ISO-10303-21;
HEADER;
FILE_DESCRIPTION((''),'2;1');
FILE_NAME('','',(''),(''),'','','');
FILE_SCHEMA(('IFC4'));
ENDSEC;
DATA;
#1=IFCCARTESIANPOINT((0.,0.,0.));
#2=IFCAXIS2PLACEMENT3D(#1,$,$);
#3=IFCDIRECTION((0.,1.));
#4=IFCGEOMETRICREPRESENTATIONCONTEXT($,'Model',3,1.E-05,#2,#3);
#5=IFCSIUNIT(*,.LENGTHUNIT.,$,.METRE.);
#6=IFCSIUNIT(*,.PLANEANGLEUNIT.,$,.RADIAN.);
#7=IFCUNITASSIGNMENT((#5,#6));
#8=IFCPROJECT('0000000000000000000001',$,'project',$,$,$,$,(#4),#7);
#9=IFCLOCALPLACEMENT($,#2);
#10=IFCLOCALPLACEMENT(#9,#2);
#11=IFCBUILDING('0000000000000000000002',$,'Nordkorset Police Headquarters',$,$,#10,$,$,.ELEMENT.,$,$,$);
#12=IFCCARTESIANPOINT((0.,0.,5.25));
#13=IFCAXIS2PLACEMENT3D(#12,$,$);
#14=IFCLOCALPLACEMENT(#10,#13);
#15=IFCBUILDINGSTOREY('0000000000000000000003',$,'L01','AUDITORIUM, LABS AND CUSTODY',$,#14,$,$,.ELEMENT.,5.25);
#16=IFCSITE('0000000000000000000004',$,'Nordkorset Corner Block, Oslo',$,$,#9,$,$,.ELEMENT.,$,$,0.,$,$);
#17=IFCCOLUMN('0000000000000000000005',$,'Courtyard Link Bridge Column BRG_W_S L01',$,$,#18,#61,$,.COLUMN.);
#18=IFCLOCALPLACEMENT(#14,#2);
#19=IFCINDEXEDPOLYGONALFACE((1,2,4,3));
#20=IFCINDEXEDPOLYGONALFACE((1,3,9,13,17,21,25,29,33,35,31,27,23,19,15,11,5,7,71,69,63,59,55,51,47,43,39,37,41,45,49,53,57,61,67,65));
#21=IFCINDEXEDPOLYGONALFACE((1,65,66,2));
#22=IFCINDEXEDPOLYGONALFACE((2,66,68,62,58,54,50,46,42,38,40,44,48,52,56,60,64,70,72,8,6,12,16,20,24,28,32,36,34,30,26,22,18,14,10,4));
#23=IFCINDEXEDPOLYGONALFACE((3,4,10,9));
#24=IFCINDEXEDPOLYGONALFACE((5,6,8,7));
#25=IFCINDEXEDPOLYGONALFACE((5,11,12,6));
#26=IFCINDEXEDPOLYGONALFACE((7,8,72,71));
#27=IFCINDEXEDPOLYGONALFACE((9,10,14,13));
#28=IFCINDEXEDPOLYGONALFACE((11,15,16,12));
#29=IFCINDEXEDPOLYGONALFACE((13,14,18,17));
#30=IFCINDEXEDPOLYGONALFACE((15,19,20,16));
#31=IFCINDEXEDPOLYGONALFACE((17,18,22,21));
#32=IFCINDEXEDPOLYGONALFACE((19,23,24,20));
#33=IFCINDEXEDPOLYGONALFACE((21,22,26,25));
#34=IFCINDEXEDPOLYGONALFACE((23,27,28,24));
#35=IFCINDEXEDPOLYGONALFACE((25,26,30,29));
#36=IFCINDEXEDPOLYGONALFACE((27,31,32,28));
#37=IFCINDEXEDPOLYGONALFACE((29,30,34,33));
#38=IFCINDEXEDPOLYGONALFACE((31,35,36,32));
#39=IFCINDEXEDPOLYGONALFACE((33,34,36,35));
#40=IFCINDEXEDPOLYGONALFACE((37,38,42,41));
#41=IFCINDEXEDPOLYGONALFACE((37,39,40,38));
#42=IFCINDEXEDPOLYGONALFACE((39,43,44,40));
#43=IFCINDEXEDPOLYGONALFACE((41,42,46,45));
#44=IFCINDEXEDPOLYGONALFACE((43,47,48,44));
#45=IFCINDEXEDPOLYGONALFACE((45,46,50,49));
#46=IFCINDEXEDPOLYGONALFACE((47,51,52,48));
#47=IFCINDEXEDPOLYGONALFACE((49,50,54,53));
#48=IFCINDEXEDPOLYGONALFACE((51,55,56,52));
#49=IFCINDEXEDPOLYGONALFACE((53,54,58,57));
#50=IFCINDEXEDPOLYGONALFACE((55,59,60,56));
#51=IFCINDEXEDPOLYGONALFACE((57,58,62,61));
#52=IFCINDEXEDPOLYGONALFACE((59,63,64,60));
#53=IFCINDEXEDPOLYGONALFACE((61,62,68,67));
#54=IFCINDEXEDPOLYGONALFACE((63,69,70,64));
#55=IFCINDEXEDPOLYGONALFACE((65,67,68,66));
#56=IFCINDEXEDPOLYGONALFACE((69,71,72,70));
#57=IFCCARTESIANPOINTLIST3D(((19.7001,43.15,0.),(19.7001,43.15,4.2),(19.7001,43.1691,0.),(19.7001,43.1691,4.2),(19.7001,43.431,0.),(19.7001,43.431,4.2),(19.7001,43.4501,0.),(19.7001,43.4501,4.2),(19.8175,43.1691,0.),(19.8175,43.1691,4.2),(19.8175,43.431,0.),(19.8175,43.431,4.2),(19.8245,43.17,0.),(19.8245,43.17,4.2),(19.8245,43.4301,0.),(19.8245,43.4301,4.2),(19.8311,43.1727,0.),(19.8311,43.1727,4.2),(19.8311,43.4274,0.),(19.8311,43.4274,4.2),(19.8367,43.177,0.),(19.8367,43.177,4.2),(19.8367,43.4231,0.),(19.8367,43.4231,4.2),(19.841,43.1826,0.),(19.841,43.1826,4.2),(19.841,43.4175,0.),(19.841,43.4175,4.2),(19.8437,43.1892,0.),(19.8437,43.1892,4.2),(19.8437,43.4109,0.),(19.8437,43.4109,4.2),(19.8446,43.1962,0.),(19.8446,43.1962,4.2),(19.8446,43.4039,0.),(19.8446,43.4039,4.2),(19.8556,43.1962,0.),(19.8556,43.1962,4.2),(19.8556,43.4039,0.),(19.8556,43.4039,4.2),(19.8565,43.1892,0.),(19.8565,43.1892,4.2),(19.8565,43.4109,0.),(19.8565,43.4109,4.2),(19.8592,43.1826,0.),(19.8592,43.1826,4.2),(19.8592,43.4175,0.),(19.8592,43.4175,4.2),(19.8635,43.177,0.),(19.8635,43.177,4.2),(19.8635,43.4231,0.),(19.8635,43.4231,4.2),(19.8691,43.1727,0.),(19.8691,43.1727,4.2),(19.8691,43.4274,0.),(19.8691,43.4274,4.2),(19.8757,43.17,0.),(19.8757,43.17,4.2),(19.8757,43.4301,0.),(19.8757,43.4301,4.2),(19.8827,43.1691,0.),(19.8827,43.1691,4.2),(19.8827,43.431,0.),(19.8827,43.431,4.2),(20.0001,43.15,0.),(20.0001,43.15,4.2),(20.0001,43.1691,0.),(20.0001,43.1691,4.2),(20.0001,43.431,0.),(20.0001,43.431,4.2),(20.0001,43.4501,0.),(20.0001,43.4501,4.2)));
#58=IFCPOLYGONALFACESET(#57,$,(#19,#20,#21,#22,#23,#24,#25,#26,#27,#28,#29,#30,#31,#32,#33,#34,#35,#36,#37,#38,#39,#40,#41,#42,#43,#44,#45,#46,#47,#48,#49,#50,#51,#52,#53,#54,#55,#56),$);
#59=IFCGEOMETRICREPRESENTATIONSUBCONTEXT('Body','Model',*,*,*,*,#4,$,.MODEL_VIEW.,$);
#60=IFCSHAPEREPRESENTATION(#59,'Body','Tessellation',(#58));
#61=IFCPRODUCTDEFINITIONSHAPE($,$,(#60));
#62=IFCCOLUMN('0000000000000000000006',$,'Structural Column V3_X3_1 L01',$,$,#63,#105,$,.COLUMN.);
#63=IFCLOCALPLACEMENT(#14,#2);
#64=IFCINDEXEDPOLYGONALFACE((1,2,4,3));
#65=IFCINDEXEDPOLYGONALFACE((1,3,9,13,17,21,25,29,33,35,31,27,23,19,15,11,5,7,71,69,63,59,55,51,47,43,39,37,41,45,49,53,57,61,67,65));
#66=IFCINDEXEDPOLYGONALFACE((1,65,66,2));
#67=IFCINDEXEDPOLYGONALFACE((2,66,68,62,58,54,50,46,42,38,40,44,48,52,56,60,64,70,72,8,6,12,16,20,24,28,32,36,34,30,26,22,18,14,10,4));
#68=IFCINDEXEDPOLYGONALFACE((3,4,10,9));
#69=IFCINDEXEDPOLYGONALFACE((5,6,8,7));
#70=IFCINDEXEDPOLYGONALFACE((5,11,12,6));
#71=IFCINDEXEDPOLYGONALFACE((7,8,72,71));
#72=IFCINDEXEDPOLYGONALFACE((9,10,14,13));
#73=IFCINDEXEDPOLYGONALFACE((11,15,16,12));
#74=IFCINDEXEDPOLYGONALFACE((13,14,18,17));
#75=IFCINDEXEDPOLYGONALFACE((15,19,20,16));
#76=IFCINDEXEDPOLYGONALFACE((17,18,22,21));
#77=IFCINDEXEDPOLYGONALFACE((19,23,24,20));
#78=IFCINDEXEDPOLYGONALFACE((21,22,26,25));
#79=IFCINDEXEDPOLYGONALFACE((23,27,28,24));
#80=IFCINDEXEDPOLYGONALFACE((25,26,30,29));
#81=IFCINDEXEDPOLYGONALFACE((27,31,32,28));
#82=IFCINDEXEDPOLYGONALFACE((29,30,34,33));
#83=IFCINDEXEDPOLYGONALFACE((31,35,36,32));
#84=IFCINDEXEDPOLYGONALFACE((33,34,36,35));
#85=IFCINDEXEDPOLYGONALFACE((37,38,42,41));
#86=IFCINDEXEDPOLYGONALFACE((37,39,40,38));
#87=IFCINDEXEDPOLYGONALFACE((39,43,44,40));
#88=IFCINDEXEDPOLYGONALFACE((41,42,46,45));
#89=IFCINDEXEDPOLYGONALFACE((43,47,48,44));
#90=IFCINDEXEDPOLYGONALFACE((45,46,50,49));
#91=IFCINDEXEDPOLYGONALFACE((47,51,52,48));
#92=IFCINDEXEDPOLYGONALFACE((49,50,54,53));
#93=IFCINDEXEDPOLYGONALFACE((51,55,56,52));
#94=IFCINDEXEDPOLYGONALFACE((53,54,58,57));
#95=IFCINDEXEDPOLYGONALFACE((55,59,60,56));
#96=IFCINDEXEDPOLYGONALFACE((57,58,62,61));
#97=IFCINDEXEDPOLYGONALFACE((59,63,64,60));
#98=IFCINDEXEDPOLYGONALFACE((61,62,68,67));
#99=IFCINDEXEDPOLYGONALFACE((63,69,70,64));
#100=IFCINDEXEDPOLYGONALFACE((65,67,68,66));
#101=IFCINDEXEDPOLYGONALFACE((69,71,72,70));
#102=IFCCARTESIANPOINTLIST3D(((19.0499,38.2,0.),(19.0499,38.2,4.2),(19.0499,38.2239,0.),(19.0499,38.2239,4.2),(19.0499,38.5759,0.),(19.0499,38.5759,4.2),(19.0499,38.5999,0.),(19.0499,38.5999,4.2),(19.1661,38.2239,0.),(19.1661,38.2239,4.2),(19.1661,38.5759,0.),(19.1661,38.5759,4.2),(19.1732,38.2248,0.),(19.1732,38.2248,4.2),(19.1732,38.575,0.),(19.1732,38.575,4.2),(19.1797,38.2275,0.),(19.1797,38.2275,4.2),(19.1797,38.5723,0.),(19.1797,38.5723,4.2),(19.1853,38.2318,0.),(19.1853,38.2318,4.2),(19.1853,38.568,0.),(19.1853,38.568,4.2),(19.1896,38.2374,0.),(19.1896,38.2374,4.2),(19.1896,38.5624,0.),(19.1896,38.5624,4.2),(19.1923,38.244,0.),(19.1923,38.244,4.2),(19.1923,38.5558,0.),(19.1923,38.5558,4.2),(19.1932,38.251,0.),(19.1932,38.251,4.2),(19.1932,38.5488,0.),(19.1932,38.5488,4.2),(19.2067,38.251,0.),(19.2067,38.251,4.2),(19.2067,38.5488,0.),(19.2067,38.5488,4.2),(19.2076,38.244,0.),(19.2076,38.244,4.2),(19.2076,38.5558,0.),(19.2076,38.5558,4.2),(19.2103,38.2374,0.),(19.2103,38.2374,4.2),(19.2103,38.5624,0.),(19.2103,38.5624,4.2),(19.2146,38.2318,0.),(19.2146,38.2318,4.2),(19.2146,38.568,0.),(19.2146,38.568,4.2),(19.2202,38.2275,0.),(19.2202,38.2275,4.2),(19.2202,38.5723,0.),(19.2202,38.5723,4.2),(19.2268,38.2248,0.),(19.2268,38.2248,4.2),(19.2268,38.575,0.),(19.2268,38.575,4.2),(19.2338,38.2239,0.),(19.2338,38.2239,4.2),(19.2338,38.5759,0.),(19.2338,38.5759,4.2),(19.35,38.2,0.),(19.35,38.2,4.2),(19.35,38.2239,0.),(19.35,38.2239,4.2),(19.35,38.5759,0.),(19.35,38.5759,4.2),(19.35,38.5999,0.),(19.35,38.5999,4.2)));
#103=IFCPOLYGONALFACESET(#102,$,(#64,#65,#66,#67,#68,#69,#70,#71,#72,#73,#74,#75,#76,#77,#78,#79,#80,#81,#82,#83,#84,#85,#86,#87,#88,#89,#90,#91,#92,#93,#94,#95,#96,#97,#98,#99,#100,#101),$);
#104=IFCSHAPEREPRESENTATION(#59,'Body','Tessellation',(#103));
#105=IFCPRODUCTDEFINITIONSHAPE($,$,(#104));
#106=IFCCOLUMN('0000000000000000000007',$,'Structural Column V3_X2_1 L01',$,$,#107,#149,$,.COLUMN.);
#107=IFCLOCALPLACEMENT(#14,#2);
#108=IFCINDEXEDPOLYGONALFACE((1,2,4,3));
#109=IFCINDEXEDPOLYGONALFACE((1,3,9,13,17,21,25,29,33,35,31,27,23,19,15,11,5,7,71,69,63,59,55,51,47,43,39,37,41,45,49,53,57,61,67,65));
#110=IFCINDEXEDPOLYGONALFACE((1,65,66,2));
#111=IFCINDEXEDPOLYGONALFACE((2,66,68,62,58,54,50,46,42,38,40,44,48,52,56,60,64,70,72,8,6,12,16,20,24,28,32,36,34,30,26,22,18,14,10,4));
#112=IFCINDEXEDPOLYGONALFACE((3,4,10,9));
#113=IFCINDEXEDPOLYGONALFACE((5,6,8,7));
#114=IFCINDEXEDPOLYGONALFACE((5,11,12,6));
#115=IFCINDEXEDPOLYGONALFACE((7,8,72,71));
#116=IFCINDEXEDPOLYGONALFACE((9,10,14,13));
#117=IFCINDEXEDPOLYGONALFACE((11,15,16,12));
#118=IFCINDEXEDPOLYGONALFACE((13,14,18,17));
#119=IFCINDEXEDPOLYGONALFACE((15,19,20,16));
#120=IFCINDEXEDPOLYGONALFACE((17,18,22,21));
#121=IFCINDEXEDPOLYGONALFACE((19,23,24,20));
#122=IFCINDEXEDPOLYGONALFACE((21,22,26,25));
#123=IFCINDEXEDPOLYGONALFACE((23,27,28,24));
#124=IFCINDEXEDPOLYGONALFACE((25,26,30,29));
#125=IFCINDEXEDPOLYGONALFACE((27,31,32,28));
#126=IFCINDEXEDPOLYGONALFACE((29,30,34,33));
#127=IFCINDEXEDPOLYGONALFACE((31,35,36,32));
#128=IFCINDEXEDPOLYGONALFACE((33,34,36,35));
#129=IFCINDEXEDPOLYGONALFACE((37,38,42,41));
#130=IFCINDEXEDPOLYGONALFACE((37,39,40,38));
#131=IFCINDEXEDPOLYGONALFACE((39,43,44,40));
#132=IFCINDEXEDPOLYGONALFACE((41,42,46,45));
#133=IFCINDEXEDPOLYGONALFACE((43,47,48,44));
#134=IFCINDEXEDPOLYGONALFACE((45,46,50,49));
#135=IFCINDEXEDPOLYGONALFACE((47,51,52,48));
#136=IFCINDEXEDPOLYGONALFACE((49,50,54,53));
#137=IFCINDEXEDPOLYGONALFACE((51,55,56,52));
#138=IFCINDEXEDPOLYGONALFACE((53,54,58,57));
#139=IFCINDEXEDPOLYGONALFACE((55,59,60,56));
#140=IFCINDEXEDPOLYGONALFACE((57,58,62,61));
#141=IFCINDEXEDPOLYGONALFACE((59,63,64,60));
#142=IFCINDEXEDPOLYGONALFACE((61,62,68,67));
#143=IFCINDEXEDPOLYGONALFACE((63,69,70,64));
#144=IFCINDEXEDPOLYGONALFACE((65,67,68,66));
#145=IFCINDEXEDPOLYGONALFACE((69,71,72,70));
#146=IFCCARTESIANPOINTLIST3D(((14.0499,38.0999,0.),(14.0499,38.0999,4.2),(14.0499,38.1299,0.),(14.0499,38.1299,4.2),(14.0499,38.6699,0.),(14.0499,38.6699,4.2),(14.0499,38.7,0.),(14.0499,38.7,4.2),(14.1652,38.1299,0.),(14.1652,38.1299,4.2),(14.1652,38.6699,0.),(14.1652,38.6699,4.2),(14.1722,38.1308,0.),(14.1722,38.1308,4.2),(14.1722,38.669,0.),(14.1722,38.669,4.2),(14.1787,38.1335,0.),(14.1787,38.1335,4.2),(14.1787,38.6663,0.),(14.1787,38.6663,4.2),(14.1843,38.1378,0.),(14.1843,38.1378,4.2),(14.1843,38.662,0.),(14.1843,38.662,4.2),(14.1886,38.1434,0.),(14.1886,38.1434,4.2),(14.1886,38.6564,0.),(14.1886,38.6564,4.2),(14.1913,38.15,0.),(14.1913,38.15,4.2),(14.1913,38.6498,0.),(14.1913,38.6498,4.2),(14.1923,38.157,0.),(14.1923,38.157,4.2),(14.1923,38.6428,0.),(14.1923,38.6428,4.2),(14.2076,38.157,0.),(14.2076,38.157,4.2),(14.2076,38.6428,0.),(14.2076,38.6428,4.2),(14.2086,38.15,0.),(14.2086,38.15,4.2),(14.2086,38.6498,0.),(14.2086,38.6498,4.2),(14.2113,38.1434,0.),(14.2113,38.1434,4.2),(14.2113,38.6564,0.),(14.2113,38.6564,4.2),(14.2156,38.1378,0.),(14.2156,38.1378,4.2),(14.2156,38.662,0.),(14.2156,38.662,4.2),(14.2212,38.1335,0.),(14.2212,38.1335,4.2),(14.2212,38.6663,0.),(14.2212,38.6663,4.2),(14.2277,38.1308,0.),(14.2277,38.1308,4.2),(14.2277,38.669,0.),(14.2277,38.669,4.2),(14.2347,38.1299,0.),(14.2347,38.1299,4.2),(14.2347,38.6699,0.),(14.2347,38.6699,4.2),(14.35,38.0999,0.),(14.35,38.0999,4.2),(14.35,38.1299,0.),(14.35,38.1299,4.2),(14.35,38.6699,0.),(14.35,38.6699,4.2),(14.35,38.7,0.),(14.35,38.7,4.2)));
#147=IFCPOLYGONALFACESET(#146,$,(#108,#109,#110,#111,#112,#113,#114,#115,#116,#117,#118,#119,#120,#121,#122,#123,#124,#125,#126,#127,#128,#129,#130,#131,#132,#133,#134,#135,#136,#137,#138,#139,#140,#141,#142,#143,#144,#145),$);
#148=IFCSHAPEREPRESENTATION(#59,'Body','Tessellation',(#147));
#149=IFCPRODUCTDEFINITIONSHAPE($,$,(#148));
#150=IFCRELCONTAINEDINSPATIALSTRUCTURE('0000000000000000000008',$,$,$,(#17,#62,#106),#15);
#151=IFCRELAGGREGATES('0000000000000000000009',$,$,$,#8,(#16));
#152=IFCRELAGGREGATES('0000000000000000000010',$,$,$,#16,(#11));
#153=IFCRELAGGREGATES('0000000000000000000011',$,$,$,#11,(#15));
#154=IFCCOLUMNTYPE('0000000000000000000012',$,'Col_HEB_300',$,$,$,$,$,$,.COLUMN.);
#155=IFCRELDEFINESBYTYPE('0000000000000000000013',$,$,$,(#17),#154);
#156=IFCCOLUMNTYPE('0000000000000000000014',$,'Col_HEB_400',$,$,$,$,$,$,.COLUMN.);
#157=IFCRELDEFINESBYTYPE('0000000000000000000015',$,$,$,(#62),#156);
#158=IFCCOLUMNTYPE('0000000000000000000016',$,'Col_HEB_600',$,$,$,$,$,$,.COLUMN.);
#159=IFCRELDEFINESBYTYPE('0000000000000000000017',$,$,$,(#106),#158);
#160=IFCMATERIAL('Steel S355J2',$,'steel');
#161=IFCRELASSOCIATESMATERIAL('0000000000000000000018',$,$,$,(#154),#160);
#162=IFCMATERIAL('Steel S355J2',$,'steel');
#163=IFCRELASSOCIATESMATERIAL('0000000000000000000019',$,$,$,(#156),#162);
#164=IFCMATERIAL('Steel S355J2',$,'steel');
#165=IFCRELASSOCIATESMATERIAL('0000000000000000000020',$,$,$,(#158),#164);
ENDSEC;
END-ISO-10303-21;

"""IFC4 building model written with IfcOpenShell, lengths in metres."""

from ifc_helpers import new_model, si_unit, direction, frame, origin, origin_2d, place, context, subcontext, project, spatial, i_section, extrude, material, material_profile, profile_set, type_object, element, save


model = new_model("IFC4")

# Units and contexts
model_context = context("Model", 3, precision=1e-05, world=origin(), true_north=direction((0.0, 1.0)))
body_context = subcontext(model_context, "Body", "Model", "MODEL_VIEW")
ifc_project = project(units=[si_unit("LENGTHUNIT", "METRE"), si_unit("PLANEANGLEUNIT", "RADIAN")], contexts=[model_context])

# Site, building, storey
site_placement = place(None, origin())
site = spatial("IfcSite", under=ifc_project, at=site_placement, Name="Nordkorset Corner Block, Oslo", CompositionType="ELEMENT", RefElevation=0.0)
building_placement = place(site_placement, origin())
building = spatial("IfcBuilding", under=site, at=building_placement, Name="Nordkorset Police Headquarters", CompositionType="ELEMENT")
storey_placement = place(building_placement, frame((0.0, 0.0, 5.25)))
storey = spatial("IfcBuildingStorey", under=building, at=storey_placement, Name="L01", Description="AUDITORIUM, LABS AND CUSTODY", CompositionType="ELEMENT", Elevation=5.25)

# Columns
ifc_material_1 = material(Name="Steel S355J2", Category="steel")
ifc_material_profile_1 = material_profile(ifc_material_1, i_section(OverallWidth=0.3, OverallDepth=0.3, WebThickness=0.011, FlangeThickness=0.019, FilletRadius=0.0271, at=origin_2d()), Name="HEB 300")
ifc_profile_set_1 = profile_set([ifc_material_profile_1], Name="Steel S355J2")
column_type_1 = type_object("IfcColumnType", Name="Col_HEB_300", PredefinedType="COLUMN", material=ifc_profile_set_1)
column_1_placement = place(storey_placement, frame((19.8501, 43.3, 0.0), z_axis=(0.0, 0.0, 1.0), x_axis=(1.0, 0.0, 0.0)))
element("IfcColumn", 1, at=column_1_placement, inside=storey, type_object=column_type_1, Name="Courtyard Link Bridge Column BRG_W_S L01", PredefinedType="COLUMN", context=body_context, shape_type="SweptSolid", body=[
    extrude(i_section(OverallWidth=0.3, OverallDepth=0.3, WebThickness=0.011, FlangeThickness=0.019, FilletRadius=0.0271, at=origin_2d()), origin(), (0.0, 0.0, 1.0), 4.2),
])
ifc_material_2 = material(Name="Steel S355J2", Category="steel")
ifc_material_profile_2 = material_profile(ifc_material_2, i_section(OverallWidth=0.3, OverallDepth=0.3999, WebThickness=0.0134, FlangeThickness=0.0239, FilletRadius=0.0271, at=origin_2d()), Name="HEB 400")
ifc_profile_set_2 = profile_set([ifc_material_profile_2], Name="Steel S355J2")
column_type_2 = type_object("IfcColumnType", Name="Col_HEB_400", PredefinedType="COLUMN", material=ifc_profile_set_2)
column_2_placement = place(storey_placement, frame((19.2, 38.3999, 0.0), z_axis=(0.0, 0.0, 1.0), x_axis=(1.0, 0.0, 0.0)))
element("IfcColumn", 2, at=column_2_placement, inside=storey, type_object=column_type_2, Name="Structural Column V3_X3_1 L01", PredefinedType="COLUMN", context=body_context, shape_type="SweptSolid", body=[
    extrude(i_section(OverallWidth=0.3, OverallDepth=0.3999, WebThickness=0.0134, FlangeThickness=0.0239, FilletRadius=0.0271, at=origin_2d()), origin(), (0.0, 0.0, 1.0), 4.2),
])
ifc_material_3 = material(Name="Steel S355J2", Category="steel")
ifc_material_profile_3 = material_profile(ifc_material_3, i_section(OverallWidth=0.3, OverallDepth=0.6001, WebThickness=0.0154, FlangeThickness=0.03, FilletRadius=0.0271, at=origin_2d()), Name="HEB 600")
ifc_profile_set_3 = profile_set([ifc_material_profile_3], Name="Steel S355J2")
column_type_3 = type_object("IfcColumnType", Name="Col_HEB_600", PredefinedType="COLUMN", material=ifc_profile_set_3)
column_3_placement = place(storey_placement, frame((14.2, 38.3999, 0.0), z_axis=(0.0, 0.0, 1.0), x_axis=(1.0, 0.0, 0.0)))
element("IfcColumn", 3, at=column_3_placement, inside=storey, type_object=column_type_3, Name="Structural Column V3_X2_1 L01", PredefinedType="COLUMN", context=body_context, shape_type="SweptSolid", body=[
    extrude(i_section(OverallWidth=0.3, OverallDepth=0.6001, WebThickness=0.0154, FlangeThickness=0.03, FilletRadius=0.0271, at=origin_2d()), origin(), (0.0, 0.0, 1.0), 4.2),
])

save(model, "model.ifc")
